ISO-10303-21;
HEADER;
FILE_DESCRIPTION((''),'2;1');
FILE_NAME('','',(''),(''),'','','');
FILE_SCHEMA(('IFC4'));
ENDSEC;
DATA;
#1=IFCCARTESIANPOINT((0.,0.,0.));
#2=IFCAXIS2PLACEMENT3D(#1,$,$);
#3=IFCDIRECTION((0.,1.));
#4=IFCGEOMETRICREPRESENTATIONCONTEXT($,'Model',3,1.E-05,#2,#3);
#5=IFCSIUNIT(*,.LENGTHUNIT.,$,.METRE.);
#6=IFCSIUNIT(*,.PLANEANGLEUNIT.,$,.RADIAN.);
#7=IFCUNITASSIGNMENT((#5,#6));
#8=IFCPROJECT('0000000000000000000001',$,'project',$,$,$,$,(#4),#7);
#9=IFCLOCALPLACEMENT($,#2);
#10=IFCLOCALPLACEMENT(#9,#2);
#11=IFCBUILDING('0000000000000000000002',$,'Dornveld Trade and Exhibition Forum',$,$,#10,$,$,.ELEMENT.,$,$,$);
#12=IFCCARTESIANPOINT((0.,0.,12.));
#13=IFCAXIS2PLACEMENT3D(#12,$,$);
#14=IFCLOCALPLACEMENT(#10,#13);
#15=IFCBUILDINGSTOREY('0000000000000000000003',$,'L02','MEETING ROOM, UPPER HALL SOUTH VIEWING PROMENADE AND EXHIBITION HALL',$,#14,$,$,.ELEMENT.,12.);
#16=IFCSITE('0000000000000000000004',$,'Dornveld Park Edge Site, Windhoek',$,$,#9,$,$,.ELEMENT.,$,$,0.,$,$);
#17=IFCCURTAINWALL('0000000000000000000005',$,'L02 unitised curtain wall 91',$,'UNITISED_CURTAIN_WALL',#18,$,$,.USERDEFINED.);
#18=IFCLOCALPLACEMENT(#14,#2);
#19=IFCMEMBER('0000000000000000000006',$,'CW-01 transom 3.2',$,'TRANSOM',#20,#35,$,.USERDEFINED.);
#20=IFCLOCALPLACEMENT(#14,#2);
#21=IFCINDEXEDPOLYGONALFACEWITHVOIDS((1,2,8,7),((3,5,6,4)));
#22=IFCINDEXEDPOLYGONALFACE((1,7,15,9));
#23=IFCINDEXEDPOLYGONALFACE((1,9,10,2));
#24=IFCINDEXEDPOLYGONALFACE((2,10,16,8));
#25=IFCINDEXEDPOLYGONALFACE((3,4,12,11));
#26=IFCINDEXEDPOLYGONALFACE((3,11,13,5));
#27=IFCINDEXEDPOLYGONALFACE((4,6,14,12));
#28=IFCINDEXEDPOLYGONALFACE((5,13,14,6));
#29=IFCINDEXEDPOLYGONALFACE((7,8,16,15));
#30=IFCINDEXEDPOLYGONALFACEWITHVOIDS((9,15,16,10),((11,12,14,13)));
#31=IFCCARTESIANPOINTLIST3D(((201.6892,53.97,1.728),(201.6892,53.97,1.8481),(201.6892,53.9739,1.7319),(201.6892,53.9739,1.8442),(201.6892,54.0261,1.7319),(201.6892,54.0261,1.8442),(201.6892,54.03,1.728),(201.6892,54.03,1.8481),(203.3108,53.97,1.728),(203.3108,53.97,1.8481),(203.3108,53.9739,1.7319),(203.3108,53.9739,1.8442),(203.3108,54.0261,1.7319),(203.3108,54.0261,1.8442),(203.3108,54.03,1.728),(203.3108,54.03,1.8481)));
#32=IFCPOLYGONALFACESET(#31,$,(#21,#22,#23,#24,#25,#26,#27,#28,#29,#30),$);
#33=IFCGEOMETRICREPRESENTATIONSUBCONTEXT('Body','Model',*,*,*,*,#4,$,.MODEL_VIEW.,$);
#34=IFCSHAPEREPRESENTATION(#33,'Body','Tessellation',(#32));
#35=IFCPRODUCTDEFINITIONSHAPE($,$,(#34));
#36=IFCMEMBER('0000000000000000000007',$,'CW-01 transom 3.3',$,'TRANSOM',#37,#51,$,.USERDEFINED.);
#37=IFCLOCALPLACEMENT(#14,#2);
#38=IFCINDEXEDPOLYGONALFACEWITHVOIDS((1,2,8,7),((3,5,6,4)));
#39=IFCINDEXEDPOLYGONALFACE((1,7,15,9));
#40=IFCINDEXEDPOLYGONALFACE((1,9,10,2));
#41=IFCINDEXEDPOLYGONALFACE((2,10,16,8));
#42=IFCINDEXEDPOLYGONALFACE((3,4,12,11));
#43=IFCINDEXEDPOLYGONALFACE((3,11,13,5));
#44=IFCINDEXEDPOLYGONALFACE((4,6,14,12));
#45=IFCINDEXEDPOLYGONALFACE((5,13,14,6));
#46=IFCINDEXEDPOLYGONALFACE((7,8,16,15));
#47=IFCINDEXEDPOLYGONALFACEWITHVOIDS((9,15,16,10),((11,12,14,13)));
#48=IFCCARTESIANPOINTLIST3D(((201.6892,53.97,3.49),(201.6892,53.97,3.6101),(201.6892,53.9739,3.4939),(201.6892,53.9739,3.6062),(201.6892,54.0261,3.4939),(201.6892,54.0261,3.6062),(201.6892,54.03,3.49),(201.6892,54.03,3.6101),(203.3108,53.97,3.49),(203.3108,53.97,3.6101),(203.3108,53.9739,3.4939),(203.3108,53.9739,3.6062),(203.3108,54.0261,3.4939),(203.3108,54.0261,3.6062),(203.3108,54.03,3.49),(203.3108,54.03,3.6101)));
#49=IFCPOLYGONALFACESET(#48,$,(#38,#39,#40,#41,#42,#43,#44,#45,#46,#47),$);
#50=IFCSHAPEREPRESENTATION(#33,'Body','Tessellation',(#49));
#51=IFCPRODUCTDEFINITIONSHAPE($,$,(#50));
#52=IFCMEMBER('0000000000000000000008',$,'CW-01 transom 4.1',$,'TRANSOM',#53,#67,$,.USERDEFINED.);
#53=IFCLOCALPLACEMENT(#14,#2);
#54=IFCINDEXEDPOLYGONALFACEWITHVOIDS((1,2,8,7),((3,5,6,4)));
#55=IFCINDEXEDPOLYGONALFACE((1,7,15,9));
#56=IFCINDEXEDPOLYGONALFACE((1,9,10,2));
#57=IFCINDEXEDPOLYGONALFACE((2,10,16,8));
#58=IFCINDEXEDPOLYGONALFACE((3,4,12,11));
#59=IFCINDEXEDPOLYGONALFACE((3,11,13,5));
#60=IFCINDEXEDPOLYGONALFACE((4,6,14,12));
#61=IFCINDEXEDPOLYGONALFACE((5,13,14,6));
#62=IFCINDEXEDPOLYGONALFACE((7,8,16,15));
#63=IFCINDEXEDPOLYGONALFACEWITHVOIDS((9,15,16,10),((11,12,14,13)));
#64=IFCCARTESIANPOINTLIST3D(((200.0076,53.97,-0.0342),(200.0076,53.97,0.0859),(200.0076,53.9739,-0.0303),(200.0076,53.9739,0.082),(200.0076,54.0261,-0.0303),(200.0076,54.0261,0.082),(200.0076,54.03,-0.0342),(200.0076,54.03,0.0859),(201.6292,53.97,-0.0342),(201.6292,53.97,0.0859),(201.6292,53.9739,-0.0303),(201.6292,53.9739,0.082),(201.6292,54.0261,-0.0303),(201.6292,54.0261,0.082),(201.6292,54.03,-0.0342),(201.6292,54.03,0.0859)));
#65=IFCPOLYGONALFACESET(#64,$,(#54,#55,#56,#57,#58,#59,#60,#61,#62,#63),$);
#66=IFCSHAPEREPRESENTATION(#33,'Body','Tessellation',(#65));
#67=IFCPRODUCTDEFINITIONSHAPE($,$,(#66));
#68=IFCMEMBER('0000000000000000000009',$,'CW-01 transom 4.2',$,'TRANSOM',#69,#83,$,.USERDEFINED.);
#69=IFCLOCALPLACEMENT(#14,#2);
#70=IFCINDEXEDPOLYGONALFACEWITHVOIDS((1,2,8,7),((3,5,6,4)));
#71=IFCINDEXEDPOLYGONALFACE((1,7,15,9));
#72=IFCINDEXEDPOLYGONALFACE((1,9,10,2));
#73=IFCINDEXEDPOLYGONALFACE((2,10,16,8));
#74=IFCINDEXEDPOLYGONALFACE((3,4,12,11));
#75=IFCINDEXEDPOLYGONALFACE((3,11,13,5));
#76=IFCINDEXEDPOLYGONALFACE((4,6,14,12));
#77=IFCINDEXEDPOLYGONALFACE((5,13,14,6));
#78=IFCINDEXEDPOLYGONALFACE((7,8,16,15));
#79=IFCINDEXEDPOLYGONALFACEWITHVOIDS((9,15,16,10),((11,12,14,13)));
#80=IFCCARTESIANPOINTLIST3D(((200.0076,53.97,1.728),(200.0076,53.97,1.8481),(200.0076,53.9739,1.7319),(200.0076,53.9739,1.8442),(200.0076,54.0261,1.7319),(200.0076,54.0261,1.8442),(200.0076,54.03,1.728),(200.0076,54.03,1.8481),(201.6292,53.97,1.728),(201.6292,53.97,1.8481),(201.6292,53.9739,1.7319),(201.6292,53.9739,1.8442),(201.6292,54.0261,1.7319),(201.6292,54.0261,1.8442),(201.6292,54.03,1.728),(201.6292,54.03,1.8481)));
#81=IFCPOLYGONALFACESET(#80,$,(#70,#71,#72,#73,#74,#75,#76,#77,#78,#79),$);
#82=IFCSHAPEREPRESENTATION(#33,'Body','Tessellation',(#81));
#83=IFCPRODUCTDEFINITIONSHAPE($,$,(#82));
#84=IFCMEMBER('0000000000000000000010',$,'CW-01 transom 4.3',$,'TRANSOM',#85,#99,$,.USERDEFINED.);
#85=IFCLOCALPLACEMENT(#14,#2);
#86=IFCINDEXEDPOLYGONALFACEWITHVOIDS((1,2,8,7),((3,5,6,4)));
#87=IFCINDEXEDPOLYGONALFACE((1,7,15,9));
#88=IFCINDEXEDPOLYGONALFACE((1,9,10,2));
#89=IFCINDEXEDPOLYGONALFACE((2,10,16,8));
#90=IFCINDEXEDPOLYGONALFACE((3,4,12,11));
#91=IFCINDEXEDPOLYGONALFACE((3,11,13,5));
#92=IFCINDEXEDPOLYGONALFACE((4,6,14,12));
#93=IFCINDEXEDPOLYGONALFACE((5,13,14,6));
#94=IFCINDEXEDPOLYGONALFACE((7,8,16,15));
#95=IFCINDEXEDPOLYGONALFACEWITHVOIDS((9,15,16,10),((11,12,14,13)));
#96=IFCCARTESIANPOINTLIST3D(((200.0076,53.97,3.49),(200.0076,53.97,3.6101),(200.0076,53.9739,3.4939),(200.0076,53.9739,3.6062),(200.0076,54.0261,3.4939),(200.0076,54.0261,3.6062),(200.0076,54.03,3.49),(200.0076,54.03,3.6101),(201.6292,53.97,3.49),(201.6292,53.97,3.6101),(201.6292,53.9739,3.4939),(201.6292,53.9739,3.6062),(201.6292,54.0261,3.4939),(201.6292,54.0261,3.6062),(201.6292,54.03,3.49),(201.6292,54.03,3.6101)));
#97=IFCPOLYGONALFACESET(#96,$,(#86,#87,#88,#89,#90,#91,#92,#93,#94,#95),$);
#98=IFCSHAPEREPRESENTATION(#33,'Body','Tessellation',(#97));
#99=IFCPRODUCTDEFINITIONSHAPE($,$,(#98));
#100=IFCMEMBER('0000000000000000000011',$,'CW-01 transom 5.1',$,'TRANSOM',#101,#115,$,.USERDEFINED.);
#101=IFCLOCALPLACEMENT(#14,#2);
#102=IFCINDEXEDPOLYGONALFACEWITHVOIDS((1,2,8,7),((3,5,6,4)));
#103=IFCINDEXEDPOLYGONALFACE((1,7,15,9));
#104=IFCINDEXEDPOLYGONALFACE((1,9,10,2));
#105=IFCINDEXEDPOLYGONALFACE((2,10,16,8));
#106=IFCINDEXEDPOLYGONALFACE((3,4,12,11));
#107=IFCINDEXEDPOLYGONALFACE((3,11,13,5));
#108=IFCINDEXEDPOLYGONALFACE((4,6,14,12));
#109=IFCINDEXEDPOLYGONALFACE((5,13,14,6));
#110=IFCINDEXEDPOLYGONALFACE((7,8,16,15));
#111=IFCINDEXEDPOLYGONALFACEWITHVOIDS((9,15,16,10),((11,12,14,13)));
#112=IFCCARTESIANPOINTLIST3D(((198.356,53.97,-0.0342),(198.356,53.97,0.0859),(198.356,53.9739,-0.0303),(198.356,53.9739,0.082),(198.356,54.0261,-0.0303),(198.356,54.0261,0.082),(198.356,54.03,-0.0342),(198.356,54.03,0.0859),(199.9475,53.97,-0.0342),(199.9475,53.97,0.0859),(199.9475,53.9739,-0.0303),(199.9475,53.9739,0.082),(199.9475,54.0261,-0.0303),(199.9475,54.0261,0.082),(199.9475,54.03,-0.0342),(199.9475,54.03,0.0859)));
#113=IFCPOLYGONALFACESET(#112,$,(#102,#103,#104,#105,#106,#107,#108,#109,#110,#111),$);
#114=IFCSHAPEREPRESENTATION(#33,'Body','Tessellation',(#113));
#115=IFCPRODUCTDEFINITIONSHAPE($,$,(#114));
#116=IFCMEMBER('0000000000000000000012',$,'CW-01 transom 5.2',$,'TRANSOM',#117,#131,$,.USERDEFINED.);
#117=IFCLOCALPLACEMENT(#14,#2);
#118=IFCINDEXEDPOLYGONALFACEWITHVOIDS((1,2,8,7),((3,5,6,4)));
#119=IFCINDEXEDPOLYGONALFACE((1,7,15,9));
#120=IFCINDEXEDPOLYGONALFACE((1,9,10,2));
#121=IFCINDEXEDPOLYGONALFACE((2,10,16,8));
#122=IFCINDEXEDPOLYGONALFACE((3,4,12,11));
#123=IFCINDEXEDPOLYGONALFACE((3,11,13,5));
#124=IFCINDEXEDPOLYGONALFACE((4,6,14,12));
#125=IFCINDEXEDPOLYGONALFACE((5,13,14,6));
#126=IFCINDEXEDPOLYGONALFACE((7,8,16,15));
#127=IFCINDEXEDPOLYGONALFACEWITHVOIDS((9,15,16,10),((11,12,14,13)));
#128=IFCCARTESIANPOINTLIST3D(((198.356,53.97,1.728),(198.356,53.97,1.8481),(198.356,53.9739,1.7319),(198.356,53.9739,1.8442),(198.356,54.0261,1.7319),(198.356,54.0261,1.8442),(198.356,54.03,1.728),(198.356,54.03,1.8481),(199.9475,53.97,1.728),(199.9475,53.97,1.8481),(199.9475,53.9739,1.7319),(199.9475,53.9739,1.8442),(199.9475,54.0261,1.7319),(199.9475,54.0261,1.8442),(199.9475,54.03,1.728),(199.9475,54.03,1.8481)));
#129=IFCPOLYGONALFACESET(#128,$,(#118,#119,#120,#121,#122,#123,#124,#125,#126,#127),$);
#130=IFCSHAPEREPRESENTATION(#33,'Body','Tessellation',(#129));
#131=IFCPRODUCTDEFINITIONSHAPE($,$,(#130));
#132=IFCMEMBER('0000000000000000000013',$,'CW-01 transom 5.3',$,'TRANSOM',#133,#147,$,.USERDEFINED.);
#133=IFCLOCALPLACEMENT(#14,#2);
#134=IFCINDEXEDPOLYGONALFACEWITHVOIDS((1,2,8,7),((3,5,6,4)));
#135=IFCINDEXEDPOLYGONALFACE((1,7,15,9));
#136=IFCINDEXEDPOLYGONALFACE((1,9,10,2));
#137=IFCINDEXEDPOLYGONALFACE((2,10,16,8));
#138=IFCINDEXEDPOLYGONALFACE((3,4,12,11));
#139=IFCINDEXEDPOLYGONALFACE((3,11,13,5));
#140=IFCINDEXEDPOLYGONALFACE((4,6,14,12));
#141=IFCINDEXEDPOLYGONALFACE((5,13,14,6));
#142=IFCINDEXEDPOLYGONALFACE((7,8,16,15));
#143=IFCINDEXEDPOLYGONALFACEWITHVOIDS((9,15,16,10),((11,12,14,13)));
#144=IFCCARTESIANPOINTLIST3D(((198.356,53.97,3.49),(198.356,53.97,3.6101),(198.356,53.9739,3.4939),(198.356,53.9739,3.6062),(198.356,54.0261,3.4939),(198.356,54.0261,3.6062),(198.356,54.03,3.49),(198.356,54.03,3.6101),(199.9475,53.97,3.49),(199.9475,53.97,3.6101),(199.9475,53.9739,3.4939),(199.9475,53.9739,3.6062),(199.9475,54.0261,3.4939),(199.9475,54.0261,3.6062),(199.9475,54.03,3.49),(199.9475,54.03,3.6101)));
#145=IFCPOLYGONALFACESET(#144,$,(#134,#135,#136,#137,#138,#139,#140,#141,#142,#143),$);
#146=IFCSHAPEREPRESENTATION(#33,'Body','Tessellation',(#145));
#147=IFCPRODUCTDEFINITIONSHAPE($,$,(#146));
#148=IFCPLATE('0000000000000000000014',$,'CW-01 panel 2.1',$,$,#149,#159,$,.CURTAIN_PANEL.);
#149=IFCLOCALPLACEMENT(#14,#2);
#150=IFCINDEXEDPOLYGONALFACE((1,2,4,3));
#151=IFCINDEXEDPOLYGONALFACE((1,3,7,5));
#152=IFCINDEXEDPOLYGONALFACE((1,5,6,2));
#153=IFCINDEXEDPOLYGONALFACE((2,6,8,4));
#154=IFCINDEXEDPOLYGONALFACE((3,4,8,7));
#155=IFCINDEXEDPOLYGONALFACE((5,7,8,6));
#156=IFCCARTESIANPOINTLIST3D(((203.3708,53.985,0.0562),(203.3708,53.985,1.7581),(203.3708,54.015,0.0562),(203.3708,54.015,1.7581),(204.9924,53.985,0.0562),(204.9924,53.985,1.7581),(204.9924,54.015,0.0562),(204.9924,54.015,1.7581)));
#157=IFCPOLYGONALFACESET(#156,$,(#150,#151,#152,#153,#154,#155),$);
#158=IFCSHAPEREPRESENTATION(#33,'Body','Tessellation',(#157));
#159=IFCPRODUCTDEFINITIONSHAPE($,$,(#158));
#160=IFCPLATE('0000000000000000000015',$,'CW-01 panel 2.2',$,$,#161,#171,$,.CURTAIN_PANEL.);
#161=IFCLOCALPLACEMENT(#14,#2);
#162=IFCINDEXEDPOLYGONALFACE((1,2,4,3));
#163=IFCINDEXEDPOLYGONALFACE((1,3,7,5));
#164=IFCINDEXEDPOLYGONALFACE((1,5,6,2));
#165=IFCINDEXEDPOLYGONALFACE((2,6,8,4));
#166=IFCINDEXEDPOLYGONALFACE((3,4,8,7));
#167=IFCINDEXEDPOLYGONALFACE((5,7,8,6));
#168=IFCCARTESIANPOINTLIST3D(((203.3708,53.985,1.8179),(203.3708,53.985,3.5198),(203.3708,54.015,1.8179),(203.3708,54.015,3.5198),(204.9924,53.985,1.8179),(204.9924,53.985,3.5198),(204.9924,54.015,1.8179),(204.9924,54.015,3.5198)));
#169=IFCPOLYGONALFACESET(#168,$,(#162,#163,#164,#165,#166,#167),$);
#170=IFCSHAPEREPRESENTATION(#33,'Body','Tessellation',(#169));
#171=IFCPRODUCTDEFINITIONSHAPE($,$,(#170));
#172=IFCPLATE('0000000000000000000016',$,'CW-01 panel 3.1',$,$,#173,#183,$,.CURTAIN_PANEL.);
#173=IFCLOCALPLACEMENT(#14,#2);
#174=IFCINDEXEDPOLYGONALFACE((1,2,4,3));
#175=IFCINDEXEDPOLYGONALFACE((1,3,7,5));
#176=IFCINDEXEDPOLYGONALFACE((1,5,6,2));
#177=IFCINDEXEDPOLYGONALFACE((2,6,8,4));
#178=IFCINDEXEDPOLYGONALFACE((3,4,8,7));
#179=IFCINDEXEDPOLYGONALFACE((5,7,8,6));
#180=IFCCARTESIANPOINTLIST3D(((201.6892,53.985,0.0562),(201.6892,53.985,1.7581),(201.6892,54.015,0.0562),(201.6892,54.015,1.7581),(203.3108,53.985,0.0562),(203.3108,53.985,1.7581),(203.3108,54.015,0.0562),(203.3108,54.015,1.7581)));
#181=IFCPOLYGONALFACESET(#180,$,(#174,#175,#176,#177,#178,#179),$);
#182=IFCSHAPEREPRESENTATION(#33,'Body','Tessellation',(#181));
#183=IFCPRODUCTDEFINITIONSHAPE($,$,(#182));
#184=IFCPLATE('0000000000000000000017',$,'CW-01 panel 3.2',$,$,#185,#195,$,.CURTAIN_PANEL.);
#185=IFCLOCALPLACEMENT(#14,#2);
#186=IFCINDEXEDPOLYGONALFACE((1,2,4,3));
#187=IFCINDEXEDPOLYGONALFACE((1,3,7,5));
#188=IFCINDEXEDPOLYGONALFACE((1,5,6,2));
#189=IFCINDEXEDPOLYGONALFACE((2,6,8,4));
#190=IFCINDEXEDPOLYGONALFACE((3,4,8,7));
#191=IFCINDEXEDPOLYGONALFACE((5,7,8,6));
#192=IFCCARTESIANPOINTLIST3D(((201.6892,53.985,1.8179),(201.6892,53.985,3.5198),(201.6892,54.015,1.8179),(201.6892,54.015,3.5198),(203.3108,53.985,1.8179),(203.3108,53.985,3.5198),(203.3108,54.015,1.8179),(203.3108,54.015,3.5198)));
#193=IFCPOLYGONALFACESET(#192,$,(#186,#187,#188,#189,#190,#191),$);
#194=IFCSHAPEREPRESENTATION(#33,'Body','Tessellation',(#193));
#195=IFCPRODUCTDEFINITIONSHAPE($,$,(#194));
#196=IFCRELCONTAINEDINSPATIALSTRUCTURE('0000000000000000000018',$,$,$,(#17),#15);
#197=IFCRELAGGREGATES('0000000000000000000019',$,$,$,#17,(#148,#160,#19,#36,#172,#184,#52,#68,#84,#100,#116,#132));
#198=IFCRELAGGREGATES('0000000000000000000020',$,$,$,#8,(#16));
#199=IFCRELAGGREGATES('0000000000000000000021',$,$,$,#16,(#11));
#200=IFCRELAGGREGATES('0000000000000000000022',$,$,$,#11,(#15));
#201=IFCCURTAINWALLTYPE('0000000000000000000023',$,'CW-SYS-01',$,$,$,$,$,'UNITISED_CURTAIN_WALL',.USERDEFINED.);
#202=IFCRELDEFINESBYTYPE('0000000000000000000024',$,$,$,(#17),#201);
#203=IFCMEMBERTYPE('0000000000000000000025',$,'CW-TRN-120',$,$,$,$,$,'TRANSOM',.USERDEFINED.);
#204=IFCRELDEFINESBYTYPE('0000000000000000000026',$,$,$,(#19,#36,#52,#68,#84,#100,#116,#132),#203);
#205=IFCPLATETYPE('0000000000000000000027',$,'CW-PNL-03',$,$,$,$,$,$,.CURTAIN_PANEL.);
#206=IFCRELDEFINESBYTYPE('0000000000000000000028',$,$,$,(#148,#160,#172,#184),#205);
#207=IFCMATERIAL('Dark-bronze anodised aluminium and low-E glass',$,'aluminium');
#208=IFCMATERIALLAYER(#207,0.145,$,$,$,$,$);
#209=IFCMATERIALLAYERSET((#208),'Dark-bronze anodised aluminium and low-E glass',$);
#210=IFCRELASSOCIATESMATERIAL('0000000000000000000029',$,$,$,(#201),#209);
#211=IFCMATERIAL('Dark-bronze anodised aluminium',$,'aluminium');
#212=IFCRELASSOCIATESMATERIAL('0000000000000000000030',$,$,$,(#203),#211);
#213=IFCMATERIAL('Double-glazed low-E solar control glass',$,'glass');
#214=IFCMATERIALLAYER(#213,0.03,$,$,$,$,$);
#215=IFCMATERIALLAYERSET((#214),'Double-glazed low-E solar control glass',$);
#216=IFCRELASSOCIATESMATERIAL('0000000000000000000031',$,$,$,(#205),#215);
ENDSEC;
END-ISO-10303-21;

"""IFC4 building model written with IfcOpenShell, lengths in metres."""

from ifc_helpers import new_model, si_unit, direction, frame, origin, origin_2d, place, context, subcontext, project, spatial, rectangle, hollow_rectangle, extrude, material, layer, layer_set, material_profile, profile_set, type_object, element, aggregate, save


model = new_model("IFC4")

# Units and contexts
model_context = context("Model", 3, precision=1e-05, world=origin(), true_north=direction((0.0, 1.0)))
body_context = subcontext(model_context, "Body", "Model", "MODEL_VIEW")
ifc_project = project(units=[si_unit("LENGTHUNIT", "METRE"), si_unit("PLANEANGLEUNIT", "RADIAN")], contexts=[model_context])

# Site, building, storey
site_placement = place(None, origin())
site = spatial("IfcSite", under=ifc_project, at=site_placement, Name="Dornveld Park Edge Site, Windhoek", CompositionType="ELEMENT", RefElevation=0.0)
building_placement = place(site_placement, origin())
building = spatial("IfcBuilding", under=site, at=building_placement, Name="Dornveld Trade and Exhibition Forum", CompositionType="ELEMENT")
storey_placement = place(building_placement, frame((0.0, 0.0, 12.0)))
storey = spatial("IfcBuildingStorey", under=building, at=storey_placement, Name="L02", Description="MEETING ROOM, UPPER HALL SOUTH VIEWING PROMENADE AND EXHIBITION HALL", CompositionType="ELEMENT", Elevation=12.0)

# Curtain wall, members, plates
ifc_material_1 = material(Name="Dark-bronze anodised aluminium and low-E glass", Category="aluminium")
ifc_layer_1 = layer(ifc_material_1, 0.145)
ifc_layer_set_1 = layer_set([ifc_layer_1], Name="Dark-bronze anodised aluminium and low-E glass")
curtain_wall_type = type_object("IfcCurtainWallType", Name="CW-SYS-01", ElementType="UNITISED_CURTAIN_WALL", PredefinedType="USERDEFINED", material=ifc_layer_set_1)
curtain_wall_placement = place(storey_placement, origin())
curtain_wall = element("IfcCurtainWall", 1, at=curtain_wall_placement, inside=storey, type_object=curtain_wall_type, Name="L02 unitised curtain wall 91", ObjectType="UNITISED_CURTAIN_WALL", PredefinedType="USERDEFINED")
ifc_material_2 = material(Name="Dark-bronze anodised aluminium", Category="aluminium")
ifc_material_profile_1 = material_profile(ifc_material_2, hollow_rectangle(XDim=0.0601, YDim=0.1201, WallThickness=0.0039, at=origin_2d()), Name="RHS 120x60x4")
ifc_profile_set_1 = profile_set([ifc_material_profile_1], Name="Dark-bronze anodised aluminium")
member_type_1 = type_object("IfcMemberType", Name="CW-TRN-120", ElementType="TRANSOM", PredefinedType="USERDEFINED", material=ifc_profile_set_1)
member_1_placement = place(storey_placement, frame((203.3108, 54.0, 1.7881), z_axis=(-1.0, 0.0, 0.0), x_axis=(0.0, -1.0, 0.0)))
member_1 = element("IfcMember", 2, at=member_1_placement, type_object=member_type_1, Name="CW-01 transom 3.2", ObjectType="TRANSOM", PredefinedType="USERDEFINED", context=body_context, shape_type="SweptSolid", body=[
    extrude(hollow_rectangle(XDim=0.0601, YDim=0.1201, WallThickness=0.0039, at=origin_2d()), origin(), (0.0, 0.0, 1.0), 1.6216),
])
member_2_placement = place(storey_placement, frame((203.3108, 54.0, 3.55), z_axis=(-1.0, 0.0, 0.0), x_axis=(0.0, -1.0, 0.0)))
member_2 = element("IfcMember", 3, at=member_2_placement, type_object=member_type_1, Name="CW-01 transom 3.3", ObjectType="TRANSOM", PredefinedType="USERDEFINED", context=body_context, shape_type="SweptSolid", body=[
    extrude(hollow_rectangle(XDim=0.0601, YDim=0.1201, WallThickness=0.0039, at=origin_2d()), origin(), (0.0, 0.0, 1.0), 1.6216),
])
member_3_placement = place(storey_placement, frame((201.6292, 54.0, 0.0259), z_axis=(-1.0, 0.0, 0.0), x_axis=(0.0, -1.0, 0.0)))
member_3 = element("IfcMember", 4, at=member_3_placement, type_object=member_type_1, Name="CW-01 transom 4.1", ObjectType="TRANSOM", PredefinedType="USERDEFINED", context=body_context, shape_type="SweptSolid", body=[
    extrude(hollow_rectangle(XDim=0.0601, YDim=0.1201, WallThickness=0.0039, at=origin_2d()), origin(), (0.0, 0.0, 1.0), 1.6216),
])
member_4_placement = place(storey_placement, frame((201.6292, 54.0, 1.7881), z_axis=(-1.0, 0.0, 0.0), x_axis=(0.0, -1.0, 0.0)))
member_4 = element("IfcMember", 5, at=member_4_placement, type_object=member_type_1, Name="CW-01 transom 4.2", ObjectType="TRANSOM", PredefinedType="USERDEFINED", context=body_context, shape_type="SweptSolid", body=[
    extrude(hollow_rectangle(XDim=0.0601, YDim=0.1201, WallThickness=0.0039, at=origin_2d()), origin(), (0.0, 0.0, 1.0), 1.6216),
])
member_5_placement = place(storey_placement, frame((201.6292, 54.0, 3.55), z_axis=(-1.0, 0.0, 0.0), x_axis=(0.0, -1.0, 0.0)))
member_5 = element("IfcMember", 6, at=member_5_placement, type_object=member_type_1, Name="CW-01 transom 4.3", ObjectType="TRANSOM", PredefinedType="USERDEFINED", context=body_context, shape_type="SweptSolid", body=[
    extrude(hollow_rectangle(XDim=0.0601, YDim=0.1201, WallThickness=0.0039, at=origin_2d()), origin(), (0.0, 0.0, 1.0), 1.6216),
])
member_6_placement = place(storey_placement, frame((199.9475, 54.0, 0.0259), z_axis=(-1.0, 0.0, 0.0), x_axis=(0.0, -1.0, 0.0)))
member_6 = element("IfcMember", 7, at=member_6_placement, type_object=member_type_1, Name="CW-01 transom 5.1", ObjectType="TRANSOM", PredefinedType="USERDEFINED", context=body_context, shape_type="SweptSolid", body=[
    extrude(hollow_rectangle(XDim=0.0601, YDim=0.1201, WallThickness=0.0039, at=origin_2d()), origin(), (0.0, 0.0, 1.0), 1.5916),
])
member_7_placement = place(storey_placement, frame((199.9475, 54.0, 1.7881), z_axis=(-1.0, 0.0, 0.0), x_axis=(0.0, -1.0, 0.0)))
member_7 = element("IfcMember", 8, at=member_7_placement, type_object=member_type_1, Name="CW-01 transom 5.2", ObjectType="TRANSOM", PredefinedType="USERDEFINED", context=body_context, shape_type="SweptSolid", body=[
    extrude(hollow_rectangle(XDim=0.0601, YDim=0.1201, WallThickness=0.0039, at=origin_2d()), origin(), (0.0, 0.0, 1.0), 1.5916),
])
member_8_placement = place(storey_placement, frame((199.9475, 54.0, 3.55), z_axis=(-1.0, 0.0, 0.0), x_axis=(0.0, -1.0, 0.0)))
member_8 = element("IfcMember", 9, at=member_8_placement, type_object=member_type_1, Name="CW-01 transom 5.3", ObjectType="TRANSOM", PredefinedType="USERDEFINED", context=body_context, shape_type="SweptSolid", body=[
    extrude(hollow_rectangle(XDim=0.0601, YDim=0.1201, WallThickness=0.0039, at=origin_2d()), origin(), (0.0, 0.0, 1.0), 1.5916),
])
ifc_material_3 = material(Name="Double-glazed low-E solar control glass", Category="glass")
ifc_layer_2 = layer(ifc_material_3, 0.03)
ifc_layer_set_2 = layer_set([ifc_layer_2], Name="Double-glazed low-E solar control glass")
plate_type = type_object("IfcPlateType", Name="CW-PNL-03", PredefinedType="CURTAIN_PANEL", material=ifc_layer_set_2)
plate_1_placement = place(storey_placement, frame((204.1816, 54.0, 0.0562), z_axis=(0.0, 0.0, 1.0), x_axis=(-1.0, 0.0, 0.0)))
plate_1 = element("IfcPlate", 10, at=plate_1_placement, type_object=plate_type, Name="CW-01 panel 2.1", PredefinedType="CURTAIN_PANEL", context=body_context, shape_type="SweptSolid", body=[
    extrude(rectangle(XDim=1.6216, YDim=0.03, at=origin_2d()), origin(), (0.0, 0.0, 1.0), 1.7019),
])
plate_2_placement = place(storey_placement, frame((204.1816, 54.0, 1.8179), z_axis=(0.0, 0.0, 1.0), x_axis=(-1.0, 0.0, 0.0)))
plate_2 = element("IfcPlate", 11, at=plate_2_placement, type_object=plate_type, Name="CW-01 panel 2.2", PredefinedType="CURTAIN_PANEL", context=body_context, shape_type="SweptSolid", body=[
    extrude(rectangle(XDim=1.6216, YDim=0.03, at=origin_2d()), origin(), (0.0, 0.0, 1.0), 1.7019),
])
plate_3_placement = place(storey_placement, frame((202.5, 54.0, 0.0562), z_axis=(0.0, 0.0, 1.0), x_axis=(-1.0, 0.0, 0.0)))
plate_3 = element("IfcPlate", 12, at=plate_3_placement, type_object=plate_type, Name="CW-01 panel 3.1", PredefinedType="CURTAIN_PANEL", context=body_context, shape_type="SweptSolid", body=[
    extrude(rectangle(XDim=1.6216, YDim=0.03, at=origin_2d()), origin(), (0.0, 0.0, 1.0), 1.7019),
])
plate_4_placement = place(storey_placement, frame((202.5, 54.0, 1.8179), z_axis=(0.0, 0.0, 1.0), x_axis=(-1.0, 0.0, 0.0)))
plate_4 = element("IfcPlate", 13, at=plate_4_placement, type_object=plate_type, Name="CW-01 panel 3.2", PredefinedType="CURTAIN_PANEL", context=body_context, shape_type="SweptSolid", body=[
    extrude(rectangle(XDim=1.6216, YDim=0.03, at=origin_2d()), origin(), (0.0, 0.0, 1.0), 1.7019),
])
aggregate(curtain_wall, [plate_1, plate_2, member_1, member_2, plate_3, plate_4, member_3, member_4, member_5, member_6, member_7, member_8])

save(model, "model.ifc")
